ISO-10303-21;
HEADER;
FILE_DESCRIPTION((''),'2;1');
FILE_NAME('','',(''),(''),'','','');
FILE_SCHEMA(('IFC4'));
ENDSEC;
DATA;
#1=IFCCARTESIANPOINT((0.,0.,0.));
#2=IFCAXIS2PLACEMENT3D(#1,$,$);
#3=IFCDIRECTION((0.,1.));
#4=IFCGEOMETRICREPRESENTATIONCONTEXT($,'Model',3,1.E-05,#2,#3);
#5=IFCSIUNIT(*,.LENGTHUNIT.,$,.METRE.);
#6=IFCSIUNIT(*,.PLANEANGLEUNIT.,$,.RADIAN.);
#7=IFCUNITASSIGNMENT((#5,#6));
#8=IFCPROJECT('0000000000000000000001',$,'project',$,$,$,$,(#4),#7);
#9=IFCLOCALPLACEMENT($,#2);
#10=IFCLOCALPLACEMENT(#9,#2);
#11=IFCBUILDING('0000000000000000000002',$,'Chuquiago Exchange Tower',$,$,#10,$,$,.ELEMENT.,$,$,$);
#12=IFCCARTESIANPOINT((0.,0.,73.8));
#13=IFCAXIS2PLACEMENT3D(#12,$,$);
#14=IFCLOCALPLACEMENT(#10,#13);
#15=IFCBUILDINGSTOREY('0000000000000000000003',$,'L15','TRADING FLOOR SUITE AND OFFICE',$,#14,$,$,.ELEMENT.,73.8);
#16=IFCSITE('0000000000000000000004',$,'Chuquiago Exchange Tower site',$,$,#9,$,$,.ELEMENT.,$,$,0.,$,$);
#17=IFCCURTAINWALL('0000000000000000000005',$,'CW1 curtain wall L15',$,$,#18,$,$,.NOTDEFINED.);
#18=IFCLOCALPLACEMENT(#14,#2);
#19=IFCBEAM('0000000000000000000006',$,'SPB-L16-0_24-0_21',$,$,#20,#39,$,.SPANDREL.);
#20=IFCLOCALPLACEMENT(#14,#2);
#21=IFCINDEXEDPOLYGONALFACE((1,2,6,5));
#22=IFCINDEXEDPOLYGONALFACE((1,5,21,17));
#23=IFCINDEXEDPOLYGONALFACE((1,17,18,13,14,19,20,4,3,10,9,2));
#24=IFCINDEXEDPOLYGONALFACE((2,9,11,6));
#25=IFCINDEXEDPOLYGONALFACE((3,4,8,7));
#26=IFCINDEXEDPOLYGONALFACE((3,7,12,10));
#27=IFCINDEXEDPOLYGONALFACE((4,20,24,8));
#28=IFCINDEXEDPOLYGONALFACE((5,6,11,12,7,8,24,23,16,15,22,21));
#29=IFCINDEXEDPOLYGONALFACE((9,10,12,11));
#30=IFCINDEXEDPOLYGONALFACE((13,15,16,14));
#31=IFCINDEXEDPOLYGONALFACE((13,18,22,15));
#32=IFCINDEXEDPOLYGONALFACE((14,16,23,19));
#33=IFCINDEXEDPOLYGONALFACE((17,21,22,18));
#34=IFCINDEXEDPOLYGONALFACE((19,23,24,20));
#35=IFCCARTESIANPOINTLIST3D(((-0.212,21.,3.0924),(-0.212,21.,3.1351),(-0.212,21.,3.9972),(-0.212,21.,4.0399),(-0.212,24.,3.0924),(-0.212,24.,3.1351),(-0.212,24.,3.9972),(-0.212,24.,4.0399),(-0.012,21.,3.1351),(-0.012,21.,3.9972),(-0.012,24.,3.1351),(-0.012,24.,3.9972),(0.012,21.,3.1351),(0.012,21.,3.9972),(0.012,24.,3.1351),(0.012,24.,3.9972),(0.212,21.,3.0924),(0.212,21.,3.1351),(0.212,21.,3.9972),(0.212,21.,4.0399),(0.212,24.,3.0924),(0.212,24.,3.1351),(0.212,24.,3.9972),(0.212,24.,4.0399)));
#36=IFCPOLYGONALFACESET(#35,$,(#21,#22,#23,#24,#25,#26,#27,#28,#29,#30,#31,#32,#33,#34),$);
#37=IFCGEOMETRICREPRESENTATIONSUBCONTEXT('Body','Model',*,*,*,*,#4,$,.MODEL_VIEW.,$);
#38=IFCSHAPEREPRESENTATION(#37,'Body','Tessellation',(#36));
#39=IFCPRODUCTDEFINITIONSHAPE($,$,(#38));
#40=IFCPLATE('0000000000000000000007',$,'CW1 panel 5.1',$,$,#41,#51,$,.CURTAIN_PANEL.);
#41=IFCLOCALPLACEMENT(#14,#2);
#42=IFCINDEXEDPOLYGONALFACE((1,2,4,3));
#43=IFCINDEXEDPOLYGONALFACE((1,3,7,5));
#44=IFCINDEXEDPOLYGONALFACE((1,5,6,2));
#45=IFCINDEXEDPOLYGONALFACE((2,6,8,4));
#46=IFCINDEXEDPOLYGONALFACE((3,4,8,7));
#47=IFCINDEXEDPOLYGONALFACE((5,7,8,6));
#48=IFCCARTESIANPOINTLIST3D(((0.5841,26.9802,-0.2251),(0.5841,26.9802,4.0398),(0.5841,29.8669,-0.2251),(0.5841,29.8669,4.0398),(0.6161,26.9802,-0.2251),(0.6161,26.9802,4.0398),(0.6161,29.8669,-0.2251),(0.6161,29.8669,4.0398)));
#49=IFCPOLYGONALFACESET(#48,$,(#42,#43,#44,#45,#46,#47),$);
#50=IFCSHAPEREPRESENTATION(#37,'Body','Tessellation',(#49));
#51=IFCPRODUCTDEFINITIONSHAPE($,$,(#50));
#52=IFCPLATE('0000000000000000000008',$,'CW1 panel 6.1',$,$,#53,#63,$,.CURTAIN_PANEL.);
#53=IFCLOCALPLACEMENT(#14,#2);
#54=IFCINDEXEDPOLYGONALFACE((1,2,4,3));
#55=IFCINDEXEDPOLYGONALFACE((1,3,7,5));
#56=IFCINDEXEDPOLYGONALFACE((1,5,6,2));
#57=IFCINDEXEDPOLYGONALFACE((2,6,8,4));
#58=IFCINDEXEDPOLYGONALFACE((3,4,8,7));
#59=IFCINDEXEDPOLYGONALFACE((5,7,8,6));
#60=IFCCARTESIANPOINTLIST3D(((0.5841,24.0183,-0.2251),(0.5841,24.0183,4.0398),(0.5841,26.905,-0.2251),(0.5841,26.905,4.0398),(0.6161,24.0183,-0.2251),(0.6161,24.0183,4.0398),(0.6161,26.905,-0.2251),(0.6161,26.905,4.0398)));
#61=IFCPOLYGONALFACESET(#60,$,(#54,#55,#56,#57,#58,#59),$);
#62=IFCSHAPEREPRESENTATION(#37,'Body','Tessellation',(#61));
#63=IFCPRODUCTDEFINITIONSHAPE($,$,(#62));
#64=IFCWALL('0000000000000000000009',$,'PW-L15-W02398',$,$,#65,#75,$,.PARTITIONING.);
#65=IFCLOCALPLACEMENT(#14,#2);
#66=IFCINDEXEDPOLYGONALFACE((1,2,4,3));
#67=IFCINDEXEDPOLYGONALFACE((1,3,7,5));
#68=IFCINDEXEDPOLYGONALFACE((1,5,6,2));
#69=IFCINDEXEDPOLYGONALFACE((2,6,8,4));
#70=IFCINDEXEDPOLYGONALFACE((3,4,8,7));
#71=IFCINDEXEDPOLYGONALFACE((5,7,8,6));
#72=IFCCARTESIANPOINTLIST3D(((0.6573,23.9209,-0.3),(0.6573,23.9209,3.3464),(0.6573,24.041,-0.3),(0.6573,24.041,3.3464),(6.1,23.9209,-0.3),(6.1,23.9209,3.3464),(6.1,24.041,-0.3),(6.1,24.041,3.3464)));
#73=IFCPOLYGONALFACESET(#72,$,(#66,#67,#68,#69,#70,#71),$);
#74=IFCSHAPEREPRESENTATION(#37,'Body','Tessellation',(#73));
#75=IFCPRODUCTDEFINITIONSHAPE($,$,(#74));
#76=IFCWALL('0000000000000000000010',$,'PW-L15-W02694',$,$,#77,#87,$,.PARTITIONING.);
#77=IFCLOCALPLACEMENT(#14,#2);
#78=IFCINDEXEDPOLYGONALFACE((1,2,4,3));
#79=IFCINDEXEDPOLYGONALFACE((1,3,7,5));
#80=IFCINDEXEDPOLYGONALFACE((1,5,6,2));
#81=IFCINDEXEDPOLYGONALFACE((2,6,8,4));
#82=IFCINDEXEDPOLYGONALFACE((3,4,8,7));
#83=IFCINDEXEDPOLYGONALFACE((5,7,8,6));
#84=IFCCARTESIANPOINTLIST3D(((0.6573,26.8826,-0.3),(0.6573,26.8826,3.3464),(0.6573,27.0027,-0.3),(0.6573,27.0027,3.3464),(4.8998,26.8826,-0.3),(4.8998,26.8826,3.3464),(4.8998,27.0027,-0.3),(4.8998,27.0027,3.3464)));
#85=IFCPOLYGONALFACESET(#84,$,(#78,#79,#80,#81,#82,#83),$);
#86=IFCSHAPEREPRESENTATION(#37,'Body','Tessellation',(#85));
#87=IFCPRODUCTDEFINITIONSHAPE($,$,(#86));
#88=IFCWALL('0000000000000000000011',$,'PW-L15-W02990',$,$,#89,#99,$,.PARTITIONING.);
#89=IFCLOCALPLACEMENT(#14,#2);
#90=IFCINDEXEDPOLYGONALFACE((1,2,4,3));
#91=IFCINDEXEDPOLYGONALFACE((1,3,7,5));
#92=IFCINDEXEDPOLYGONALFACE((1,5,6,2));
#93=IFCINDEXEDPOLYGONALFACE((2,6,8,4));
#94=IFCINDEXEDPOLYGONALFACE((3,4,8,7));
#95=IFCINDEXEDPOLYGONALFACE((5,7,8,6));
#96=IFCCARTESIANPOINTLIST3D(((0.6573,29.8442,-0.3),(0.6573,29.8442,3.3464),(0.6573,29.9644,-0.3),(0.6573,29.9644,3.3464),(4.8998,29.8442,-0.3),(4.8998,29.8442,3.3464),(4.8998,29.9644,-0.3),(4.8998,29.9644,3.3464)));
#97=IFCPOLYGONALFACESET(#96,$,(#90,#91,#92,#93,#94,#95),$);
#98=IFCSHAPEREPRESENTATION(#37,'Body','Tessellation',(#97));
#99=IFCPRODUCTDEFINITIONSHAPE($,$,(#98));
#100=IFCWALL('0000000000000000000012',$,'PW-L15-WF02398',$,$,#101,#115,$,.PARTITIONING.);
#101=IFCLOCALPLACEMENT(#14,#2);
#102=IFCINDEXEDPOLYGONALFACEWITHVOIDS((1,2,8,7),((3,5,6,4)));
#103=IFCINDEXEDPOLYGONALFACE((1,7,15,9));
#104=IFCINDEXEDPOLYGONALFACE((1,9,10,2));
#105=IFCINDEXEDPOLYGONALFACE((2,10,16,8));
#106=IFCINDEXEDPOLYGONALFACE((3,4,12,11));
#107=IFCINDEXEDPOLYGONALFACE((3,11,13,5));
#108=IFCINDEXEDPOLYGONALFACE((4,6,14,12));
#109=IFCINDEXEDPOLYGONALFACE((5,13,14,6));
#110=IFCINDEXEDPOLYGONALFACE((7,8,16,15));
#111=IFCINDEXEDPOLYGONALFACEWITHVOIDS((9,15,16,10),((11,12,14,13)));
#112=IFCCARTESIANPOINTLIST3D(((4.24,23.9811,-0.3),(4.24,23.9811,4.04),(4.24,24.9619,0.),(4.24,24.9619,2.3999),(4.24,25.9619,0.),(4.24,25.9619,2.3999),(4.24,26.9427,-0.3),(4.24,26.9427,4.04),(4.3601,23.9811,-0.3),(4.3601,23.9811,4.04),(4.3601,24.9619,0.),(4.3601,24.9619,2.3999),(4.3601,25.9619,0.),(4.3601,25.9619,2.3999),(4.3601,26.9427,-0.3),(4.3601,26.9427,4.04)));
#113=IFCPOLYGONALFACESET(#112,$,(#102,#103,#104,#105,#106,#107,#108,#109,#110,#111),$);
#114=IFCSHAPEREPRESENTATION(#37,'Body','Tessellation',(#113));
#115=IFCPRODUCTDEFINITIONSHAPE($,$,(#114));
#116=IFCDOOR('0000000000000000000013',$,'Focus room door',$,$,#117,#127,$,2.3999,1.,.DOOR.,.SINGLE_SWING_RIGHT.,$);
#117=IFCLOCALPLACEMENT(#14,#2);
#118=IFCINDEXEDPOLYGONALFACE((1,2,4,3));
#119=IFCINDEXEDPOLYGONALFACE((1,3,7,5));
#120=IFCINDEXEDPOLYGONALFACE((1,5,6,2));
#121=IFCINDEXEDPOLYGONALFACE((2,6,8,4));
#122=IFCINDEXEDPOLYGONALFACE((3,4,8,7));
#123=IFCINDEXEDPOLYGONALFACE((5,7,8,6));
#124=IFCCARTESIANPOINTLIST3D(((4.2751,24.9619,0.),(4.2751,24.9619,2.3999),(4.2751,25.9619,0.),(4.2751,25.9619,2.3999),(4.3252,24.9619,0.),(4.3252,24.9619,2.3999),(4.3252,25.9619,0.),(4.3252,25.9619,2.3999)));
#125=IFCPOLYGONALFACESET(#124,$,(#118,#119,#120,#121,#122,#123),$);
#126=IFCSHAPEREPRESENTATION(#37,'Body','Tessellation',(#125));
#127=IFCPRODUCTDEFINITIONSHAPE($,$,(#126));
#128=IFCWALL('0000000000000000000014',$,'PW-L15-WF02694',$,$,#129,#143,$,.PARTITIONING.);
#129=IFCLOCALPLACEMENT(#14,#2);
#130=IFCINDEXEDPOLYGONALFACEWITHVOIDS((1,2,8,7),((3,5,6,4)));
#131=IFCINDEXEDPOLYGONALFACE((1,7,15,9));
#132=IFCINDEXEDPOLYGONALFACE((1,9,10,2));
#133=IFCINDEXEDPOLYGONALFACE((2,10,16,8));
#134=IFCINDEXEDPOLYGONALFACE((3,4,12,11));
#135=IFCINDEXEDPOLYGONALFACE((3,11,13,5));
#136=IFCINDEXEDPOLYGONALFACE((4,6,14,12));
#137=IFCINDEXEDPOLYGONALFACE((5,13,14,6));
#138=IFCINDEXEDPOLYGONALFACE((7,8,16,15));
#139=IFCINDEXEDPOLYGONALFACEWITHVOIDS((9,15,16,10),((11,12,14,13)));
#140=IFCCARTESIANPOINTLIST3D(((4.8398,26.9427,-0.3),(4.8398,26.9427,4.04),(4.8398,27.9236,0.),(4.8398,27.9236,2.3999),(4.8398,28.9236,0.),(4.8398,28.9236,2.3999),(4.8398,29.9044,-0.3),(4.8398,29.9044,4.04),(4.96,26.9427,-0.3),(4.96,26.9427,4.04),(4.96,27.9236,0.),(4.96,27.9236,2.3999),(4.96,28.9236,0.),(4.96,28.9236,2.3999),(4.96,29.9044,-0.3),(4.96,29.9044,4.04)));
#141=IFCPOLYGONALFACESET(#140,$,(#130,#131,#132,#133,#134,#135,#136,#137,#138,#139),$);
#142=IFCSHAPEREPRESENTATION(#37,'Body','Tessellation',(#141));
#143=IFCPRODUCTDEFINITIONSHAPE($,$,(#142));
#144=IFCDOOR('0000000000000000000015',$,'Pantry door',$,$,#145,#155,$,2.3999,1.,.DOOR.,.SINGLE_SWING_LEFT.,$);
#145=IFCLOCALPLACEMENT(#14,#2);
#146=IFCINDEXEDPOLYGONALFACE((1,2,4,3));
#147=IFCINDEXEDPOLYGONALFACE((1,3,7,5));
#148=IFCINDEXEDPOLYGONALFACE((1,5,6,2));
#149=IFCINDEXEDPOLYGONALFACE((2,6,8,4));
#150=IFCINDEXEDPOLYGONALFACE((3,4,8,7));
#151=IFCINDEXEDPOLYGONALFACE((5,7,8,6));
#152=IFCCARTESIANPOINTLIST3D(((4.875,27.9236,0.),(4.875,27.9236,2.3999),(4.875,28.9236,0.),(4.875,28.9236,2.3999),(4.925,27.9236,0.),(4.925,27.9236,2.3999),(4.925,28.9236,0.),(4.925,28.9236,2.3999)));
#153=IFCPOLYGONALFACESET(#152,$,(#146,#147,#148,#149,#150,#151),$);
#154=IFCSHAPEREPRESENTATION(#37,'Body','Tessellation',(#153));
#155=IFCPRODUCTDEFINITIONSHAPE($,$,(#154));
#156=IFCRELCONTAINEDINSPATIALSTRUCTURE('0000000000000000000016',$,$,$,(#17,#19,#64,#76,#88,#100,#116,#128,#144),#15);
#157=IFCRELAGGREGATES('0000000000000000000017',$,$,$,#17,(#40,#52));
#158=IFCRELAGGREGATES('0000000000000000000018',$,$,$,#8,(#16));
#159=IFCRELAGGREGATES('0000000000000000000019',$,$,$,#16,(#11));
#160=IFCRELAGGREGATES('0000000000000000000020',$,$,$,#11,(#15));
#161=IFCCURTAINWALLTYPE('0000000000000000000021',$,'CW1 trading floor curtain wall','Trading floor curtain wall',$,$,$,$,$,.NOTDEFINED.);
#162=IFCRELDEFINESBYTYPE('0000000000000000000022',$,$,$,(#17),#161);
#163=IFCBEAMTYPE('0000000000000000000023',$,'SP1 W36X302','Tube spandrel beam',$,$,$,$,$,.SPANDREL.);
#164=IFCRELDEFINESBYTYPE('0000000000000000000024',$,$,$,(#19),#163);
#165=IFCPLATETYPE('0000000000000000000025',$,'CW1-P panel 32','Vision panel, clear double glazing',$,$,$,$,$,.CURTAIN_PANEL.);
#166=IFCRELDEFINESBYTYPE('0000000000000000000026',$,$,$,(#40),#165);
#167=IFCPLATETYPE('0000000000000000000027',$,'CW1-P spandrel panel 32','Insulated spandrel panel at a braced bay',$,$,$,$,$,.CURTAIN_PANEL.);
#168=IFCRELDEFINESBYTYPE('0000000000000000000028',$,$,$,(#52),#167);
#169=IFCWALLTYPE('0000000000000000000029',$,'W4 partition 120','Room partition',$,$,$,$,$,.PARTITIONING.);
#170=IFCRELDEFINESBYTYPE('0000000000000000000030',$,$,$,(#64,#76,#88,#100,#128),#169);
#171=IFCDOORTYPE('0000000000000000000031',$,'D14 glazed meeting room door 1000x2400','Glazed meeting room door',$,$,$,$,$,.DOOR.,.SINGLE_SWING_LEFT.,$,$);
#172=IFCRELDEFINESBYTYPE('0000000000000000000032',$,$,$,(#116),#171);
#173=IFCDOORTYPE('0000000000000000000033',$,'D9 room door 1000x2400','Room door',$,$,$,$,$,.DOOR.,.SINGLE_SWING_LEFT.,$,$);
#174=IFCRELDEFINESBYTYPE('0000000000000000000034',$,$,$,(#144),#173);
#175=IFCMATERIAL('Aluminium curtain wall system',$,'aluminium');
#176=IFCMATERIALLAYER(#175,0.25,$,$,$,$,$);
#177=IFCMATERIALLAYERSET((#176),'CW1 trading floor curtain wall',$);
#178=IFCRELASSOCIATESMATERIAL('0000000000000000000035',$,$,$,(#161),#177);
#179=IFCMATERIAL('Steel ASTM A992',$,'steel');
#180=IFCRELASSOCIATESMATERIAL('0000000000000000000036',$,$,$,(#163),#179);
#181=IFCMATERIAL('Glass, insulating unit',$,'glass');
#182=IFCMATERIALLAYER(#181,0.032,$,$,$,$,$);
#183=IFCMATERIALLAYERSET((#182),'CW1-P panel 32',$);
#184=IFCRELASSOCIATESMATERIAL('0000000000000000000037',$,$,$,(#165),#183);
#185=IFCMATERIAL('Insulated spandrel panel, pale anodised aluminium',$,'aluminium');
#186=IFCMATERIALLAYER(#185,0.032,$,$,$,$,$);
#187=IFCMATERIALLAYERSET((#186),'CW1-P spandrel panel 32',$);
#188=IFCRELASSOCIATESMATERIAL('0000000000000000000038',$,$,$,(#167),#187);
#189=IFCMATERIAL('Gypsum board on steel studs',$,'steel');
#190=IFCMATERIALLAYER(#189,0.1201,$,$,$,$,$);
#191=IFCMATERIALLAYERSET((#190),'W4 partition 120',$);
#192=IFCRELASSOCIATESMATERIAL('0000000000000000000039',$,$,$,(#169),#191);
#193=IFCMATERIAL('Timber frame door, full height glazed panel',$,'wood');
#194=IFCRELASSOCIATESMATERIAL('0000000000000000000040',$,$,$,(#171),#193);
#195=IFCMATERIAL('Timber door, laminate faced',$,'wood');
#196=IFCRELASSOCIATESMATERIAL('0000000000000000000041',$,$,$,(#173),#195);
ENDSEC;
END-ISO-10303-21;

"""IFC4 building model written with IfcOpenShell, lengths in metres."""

from ifc_helpers import new_model, si_unit, direction, frame, frame_2d, origin, origin_2d, place, context, subcontext, project, spatial, rectangle, i_section, extrude, material, layer, layer_set, material_profile, profile_set, type_object, element, fill, aggregate, save


model = new_model("IFC4")

# Units and contexts
model_context = context("Model", 3, precision=1e-05, world=origin(), true_north=direction((0.0, 1.0)))
body_context = subcontext(model_context, "Body", "Model", "MODEL_VIEW")
ifc_project = project(units=[si_unit("LENGTHUNIT", "METRE"), si_unit("PLANEANGLEUNIT", "RADIAN")], contexts=[model_context])

# Site, building, storey
site_placement = place(None, origin())
site = spatial("IfcSite", under=ifc_project, at=site_placement, Name="Chuquiago Exchange Tower site", CompositionType="ELEMENT", RefElevation=0.0)
building_placement = place(site_placement, origin())
building = spatial("IfcBuilding", under=site, at=building_placement, Name="Chuquiago Exchange Tower", CompositionType="ELEMENT")
storey_placement = place(building_placement, frame((0.0, 0.0, 73.8)))
storey = spatial("IfcBuildingStorey", under=building, at=storey_placement, Name="L15", Description="TRADING FLOOR SUITE AND OFFICE", CompositionType="ELEMENT", Elevation=73.8)

# Curtain wall
ifc_material_1 = material(Name="Aluminium curtain wall system", Category="aluminium")
ifc_layer_1 = layer(ifc_material_1, 0.25)
ifc_layer_set_1 = layer_set([ifc_layer_1], Name="CW1 trading floor curtain wall")
curtain_wall_type = type_object("IfcCurtainWallType", Name="CW1 trading floor curtain wall", Description="Trading floor curtain wall", PredefinedType="NOTDEFINED", material=ifc_layer_set_1)
curtain_wall_placement = place(storey_placement, origin())
curtain_wall = element("IfcCurtainWall", 1, at=curtain_wall_placement, inside=storey, type_object=curtain_wall_type, Name="CW1 curtain wall L15", PredefinedType="NOTDEFINED")

# Beam
ifc_material_2 = material(Name="Steel ASTM A992", Category="steel")
ifc_material_profile_1 = material_profile(ifc_material_2, i_section(OverallWidth=0.4241, OverallDepth=0.9475, WebThickness=0.0239, FlangeThickness=0.0427, at=origin_2d()), Name="W36X302")
ifc_profile_set_1 = profile_set([ifc_material_profile_1], Name="Steel ASTM A992")
beam_type = type_object("IfcBeamType", Name="SP1 W36X302", Description="Tube spandrel beam", PredefinedType="SPANDREL", material=ifc_profile_set_1)
for number, where, z_axis, x_axis, name in (
    (2, (0.0, 24.0, 3.5662), (0.0, -1.0, 0.0), (1.0, 0.0, 0.0), "SPB-L16-0_24-0_21"),
):
    element("IfcBeam", number, at=place(storey_placement, frame(where, z_axis=z_axis, x_axis=x_axis)), inside=storey, type_object=beam_type, Name=name, PredefinedType="SPANDREL", context=body_context, shape_type="SweptSolid", body=[
        extrude(i_section(OverallWidth=0.4241, OverallDepth=0.9475, WebThickness=0.0239, FlangeThickness=0.0427, at=origin_2d()), origin(), (0.0, 0.0, 1.0), 3.0),
    ])

# Plates
ifc_material_3 = material(Name="Glass, insulating unit", Category="glass")
ifc_layer_2 = layer(ifc_material_3, 0.032)
ifc_layer_set_2 = layer_set([ifc_layer_2], Name="CW1-P panel 32")
plate_type_1 = type_object("IfcPlateType", Name="CW1-P panel 32", Description="Vision panel, clear double glazing", PredefinedType="CURTAIN_PANEL", material=ifc_layer_set_2)
plate_1_placement = place(storey_placement, frame((0.6001, 28.4236, -0.2251), z_axis=(0.0, 0.0, 1.0), x_axis=(0.0, -1.0, 0.0)))
plate_1 = element("IfcPlate", 3, at=plate_1_placement, type_object=plate_type_1, Name="CW1 panel 5.1", PredefinedType="CURTAIN_PANEL", context=body_context, shape_type="SweptSolid", body=[
    extrude(rectangle(XDim=2.8867, YDim=0.032, at=origin_2d()), origin(), (0.0, 0.0, 1.0), 4.2649),
])
ifc_material_4 = material(Name="Insulated spandrel panel, pale anodised aluminium", Category="aluminium")
ifc_layer_3 = layer(ifc_material_4, 0.032)
ifc_layer_set_3 = layer_set([ifc_layer_3], Name="CW1-P spandrel panel 32")
plate_type_2 = type_object("IfcPlateType", Name="CW1-P spandrel panel 32", Description="Insulated spandrel panel at a braced bay", PredefinedType="CURTAIN_PANEL", material=ifc_layer_set_3)
plate_2_placement = place(storey_placement, frame((0.6001, 25.4617, -0.2251), z_axis=(0.0, 0.0, 1.0), x_axis=(0.0, -1.0, 0.0)))
plate_2 = element("IfcPlate", 4, at=plate_2_placement, type_object=plate_type_2, Name="CW1 panel 6.1", PredefinedType="CURTAIN_PANEL", context=body_context, shape_type="SweptSolid", body=[
    extrude(rectangle(XDim=2.8867, YDim=0.032, at=origin_2d()), origin(), (0.0, 0.0, 1.0), 4.2649),
])
aggregate(curtain_wall, [plate_1, plate_2])

# Walls
ifc_material_5 = material(Name="Gypsum board on steel studs", Category="steel")
ifc_layer_4 = layer(ifc_material_5, 0.1201)
ifc_layer_set_4 = layer_set([ifc_layer_4], Name="W4 partition 120")
wall_type = type_object("IfcWallType", Name="W4 partition 120", Description="Room partition", PredefinedType="PARTITIONING", material=ifc_layer_set_4)
wall_1_placement = place(storey_placement, frame((0.6575, 23.981, -0.3), z_axis=(0.0, 0.0, 1.0), x_axis=(1.0, 0.0, 0.0)))
element("IfcWall", 5, at=wall_1_placement, inside=storey, type_object=wall_type, Name="PW-L15-W02398", PredefinedType="PARTITIONING", context=body_context, shape_type="SweptSolid", body=[
    extrude(rectangle(XDim=5.4426, YDim=0.1201, at=frame_2d((2.7212, 0.0))), origin(), (0.0, 0.0, 1.0), 3.6465),
])
for number, where, z_axis, x_axis, name in (
    (6, (0.6575, 26.9426, -0.3), (0.0, 0.0, 1.0), (1.0, 0.0, 0.0), "PW-L15-W02694"),
    (7, (0.6575, 29.9043, -0.3), (0.0, 0.0, 1.0), (1.0, 0.0, 0.0), "PW-L15-W02990"),
):
    element("IfcWall", number, at=place(storey_placement, frame(where, z_axis=z_axis, x_axis=x_axis)), inside=storey, type_object=wall_type, Name=name, PredefinedType="PARTITIONING", context=body_context, shape_type="SweptSolid", body=[
        extrude(rectangle(XDim=4.2424, YDim=0.1201, at=frame_2d((2.1211, 0.0))), origin(), (0.0, 0.0, 1.0), 3.6465),
    ])

# Walls, openings, doors
wall_2_placement = place(storey_placement, frame((4.3, 23.981, -0.3), z_axis=(0.0, 0.0, 1.0), x_axis=(0.0, 1.0, 0.0)))
wall_2 = element("IfcWall", 8, at=wall_2_placement, inside=storey, type_object=wall_type, Name="PW-L15-WF02398", PredefinedType="PARTITIONING", context=body_context, shape_type="SweptSolid", body=[
    extrude(rectangle(XDim=2.9617, YDim=0.1201, at=frame_2d((1.481, 0.0))), origin(), (0.0, 0.0, 1.0), 4.3401),
])
opening_1_placement = place(wall_2_placement, frame((0.981, 0.0, 0.3)))
opening_1 = element("IfcOpeningElement", 9, at=opening_1_placement, cuts=wall_2, PredefinedType="OPENING", context=body_context, shape_type="SweptSolid", body=[
    extrude(rectangle(XDim=1.0, YDim=2.3999, at=frame_2d((0.5, 1.2))), frame((0.0, 0.0701, 0.0), z_axis=(0.0, -1.0, 0.0), x_axis=(1.0, 0.0, 0.0)), (0.0, 0.0, 1.0), 0.1401),
])
ifc_material_6 = material(Name="Timber frame door, full height glazed panel", Category="wood")
door_type_1 = type_object("IfcDoorType", Name="D14 glazed meeting room door 1000x2400", Description="Glazed meeting room door", OperationType="SINGLE_SWING_LEFT", PredefinedType="DOOR", material=ifc_material_6)
door_1_placement = place(opening_1_placement, origin())
door_1 = element("IfcDoor", 10, at=door_1_placement, inside=storey, type_object=door_type_1, Name="Focus room door", OperationType="SINGLE_SWING_RIGHT", OverallHeight=2.3999, OverallWidth=1.0, PredefinedType="DOOR", context=body_context, shape_type="SweptSolid", body=[
    extrude(rectangle(XDim=1.0, YDim=2.3999, at=frame_2d((0.5, 1.2))), frame((0.0, 0.0249, 0.0), z_axis=(0.0, -1.0, 0.0), x_axis=(1.0, 0.0, 0.0)), (0.0, 0.0, 1.0), 0.05),
])
fill(opening_1, door_1)
wall_3_placement = place(storey_placement, frame((4.8999, 26.9426, -0.3), z_axis=(0.0, 0.0, 1.0), x_axis=(0.0, 1.0, 0.0)))
wall_3 = element("IfcWall", 11, at=wall_3_placement, inside=storey, type_object=wall_type, Name="PW-L15-WF02694", PredefinedType="PARTITIONING", context=body_context, shape_type="SweptSolid", body=[
    extrude(rectangle(XDim=2.9617, YDim=0.1201, at=frame_2d((1.481, 0.0))), origin(), (0.0, 0.0, 1.0), 4.3401),
])
opening_2_placement = place(wall_3_placement, frame((0.981, 0.0, 0.3)))
opening_2 = element("IfcOpeningElement", 12, at=opening_2_placement, cuts=wall_3, PredefinedType="OPENING", context=body_context, shape_type="SweptSolid", body=[
    extrude(rectangle(XDim=1.0, YDim=2.3999, at=frame_2d((0.5, 1.2))), frame((0.0, 0.0701, 0.0), z_axis=(0.0, -1.0, 0.0), x_axis=(1.0, 0.0, 0.0)), (0.0, 0.0, 1.0), 0.1401),
])
ifc_material_7 = material(Name="Timber door, laminate faced", Category="wood")
door_type_2 = type_object("IfcDoorType", Name="D9 room door 1000x2400", Description="Room door", OperationType="SINGLE_SWING_LEFT", PredefinedType="DOOR", material=ifc_material_7)
door_2_placement = place(opening_2_placement, origin())
door_2 = element("IfcDoor", 13, at=door_2_placement, inside=storey, type_object=door_type_2, Name="Pantry door", OperationType="SINGLE_SWING_LEFT", OverallHeight=2.3999, OverallWidth=1.0, PredefinedType="DOOR", context=body_context, shape_type="SweptSolid", body=[
    extrude(rectangle(XDim=1.0, YDim=2.3999, at=frame_2d((0.5, 1.2))), frame((0.0, 0.0249, 0.0), z_axis=(0.0, -1.0, 0.0), x_axis=(1.0, 0.0, 0.0)), (0.0, 0.0, 1.0), 0.05),
])
fill(opening_2, door_2)

save(model, "model.ifc")
